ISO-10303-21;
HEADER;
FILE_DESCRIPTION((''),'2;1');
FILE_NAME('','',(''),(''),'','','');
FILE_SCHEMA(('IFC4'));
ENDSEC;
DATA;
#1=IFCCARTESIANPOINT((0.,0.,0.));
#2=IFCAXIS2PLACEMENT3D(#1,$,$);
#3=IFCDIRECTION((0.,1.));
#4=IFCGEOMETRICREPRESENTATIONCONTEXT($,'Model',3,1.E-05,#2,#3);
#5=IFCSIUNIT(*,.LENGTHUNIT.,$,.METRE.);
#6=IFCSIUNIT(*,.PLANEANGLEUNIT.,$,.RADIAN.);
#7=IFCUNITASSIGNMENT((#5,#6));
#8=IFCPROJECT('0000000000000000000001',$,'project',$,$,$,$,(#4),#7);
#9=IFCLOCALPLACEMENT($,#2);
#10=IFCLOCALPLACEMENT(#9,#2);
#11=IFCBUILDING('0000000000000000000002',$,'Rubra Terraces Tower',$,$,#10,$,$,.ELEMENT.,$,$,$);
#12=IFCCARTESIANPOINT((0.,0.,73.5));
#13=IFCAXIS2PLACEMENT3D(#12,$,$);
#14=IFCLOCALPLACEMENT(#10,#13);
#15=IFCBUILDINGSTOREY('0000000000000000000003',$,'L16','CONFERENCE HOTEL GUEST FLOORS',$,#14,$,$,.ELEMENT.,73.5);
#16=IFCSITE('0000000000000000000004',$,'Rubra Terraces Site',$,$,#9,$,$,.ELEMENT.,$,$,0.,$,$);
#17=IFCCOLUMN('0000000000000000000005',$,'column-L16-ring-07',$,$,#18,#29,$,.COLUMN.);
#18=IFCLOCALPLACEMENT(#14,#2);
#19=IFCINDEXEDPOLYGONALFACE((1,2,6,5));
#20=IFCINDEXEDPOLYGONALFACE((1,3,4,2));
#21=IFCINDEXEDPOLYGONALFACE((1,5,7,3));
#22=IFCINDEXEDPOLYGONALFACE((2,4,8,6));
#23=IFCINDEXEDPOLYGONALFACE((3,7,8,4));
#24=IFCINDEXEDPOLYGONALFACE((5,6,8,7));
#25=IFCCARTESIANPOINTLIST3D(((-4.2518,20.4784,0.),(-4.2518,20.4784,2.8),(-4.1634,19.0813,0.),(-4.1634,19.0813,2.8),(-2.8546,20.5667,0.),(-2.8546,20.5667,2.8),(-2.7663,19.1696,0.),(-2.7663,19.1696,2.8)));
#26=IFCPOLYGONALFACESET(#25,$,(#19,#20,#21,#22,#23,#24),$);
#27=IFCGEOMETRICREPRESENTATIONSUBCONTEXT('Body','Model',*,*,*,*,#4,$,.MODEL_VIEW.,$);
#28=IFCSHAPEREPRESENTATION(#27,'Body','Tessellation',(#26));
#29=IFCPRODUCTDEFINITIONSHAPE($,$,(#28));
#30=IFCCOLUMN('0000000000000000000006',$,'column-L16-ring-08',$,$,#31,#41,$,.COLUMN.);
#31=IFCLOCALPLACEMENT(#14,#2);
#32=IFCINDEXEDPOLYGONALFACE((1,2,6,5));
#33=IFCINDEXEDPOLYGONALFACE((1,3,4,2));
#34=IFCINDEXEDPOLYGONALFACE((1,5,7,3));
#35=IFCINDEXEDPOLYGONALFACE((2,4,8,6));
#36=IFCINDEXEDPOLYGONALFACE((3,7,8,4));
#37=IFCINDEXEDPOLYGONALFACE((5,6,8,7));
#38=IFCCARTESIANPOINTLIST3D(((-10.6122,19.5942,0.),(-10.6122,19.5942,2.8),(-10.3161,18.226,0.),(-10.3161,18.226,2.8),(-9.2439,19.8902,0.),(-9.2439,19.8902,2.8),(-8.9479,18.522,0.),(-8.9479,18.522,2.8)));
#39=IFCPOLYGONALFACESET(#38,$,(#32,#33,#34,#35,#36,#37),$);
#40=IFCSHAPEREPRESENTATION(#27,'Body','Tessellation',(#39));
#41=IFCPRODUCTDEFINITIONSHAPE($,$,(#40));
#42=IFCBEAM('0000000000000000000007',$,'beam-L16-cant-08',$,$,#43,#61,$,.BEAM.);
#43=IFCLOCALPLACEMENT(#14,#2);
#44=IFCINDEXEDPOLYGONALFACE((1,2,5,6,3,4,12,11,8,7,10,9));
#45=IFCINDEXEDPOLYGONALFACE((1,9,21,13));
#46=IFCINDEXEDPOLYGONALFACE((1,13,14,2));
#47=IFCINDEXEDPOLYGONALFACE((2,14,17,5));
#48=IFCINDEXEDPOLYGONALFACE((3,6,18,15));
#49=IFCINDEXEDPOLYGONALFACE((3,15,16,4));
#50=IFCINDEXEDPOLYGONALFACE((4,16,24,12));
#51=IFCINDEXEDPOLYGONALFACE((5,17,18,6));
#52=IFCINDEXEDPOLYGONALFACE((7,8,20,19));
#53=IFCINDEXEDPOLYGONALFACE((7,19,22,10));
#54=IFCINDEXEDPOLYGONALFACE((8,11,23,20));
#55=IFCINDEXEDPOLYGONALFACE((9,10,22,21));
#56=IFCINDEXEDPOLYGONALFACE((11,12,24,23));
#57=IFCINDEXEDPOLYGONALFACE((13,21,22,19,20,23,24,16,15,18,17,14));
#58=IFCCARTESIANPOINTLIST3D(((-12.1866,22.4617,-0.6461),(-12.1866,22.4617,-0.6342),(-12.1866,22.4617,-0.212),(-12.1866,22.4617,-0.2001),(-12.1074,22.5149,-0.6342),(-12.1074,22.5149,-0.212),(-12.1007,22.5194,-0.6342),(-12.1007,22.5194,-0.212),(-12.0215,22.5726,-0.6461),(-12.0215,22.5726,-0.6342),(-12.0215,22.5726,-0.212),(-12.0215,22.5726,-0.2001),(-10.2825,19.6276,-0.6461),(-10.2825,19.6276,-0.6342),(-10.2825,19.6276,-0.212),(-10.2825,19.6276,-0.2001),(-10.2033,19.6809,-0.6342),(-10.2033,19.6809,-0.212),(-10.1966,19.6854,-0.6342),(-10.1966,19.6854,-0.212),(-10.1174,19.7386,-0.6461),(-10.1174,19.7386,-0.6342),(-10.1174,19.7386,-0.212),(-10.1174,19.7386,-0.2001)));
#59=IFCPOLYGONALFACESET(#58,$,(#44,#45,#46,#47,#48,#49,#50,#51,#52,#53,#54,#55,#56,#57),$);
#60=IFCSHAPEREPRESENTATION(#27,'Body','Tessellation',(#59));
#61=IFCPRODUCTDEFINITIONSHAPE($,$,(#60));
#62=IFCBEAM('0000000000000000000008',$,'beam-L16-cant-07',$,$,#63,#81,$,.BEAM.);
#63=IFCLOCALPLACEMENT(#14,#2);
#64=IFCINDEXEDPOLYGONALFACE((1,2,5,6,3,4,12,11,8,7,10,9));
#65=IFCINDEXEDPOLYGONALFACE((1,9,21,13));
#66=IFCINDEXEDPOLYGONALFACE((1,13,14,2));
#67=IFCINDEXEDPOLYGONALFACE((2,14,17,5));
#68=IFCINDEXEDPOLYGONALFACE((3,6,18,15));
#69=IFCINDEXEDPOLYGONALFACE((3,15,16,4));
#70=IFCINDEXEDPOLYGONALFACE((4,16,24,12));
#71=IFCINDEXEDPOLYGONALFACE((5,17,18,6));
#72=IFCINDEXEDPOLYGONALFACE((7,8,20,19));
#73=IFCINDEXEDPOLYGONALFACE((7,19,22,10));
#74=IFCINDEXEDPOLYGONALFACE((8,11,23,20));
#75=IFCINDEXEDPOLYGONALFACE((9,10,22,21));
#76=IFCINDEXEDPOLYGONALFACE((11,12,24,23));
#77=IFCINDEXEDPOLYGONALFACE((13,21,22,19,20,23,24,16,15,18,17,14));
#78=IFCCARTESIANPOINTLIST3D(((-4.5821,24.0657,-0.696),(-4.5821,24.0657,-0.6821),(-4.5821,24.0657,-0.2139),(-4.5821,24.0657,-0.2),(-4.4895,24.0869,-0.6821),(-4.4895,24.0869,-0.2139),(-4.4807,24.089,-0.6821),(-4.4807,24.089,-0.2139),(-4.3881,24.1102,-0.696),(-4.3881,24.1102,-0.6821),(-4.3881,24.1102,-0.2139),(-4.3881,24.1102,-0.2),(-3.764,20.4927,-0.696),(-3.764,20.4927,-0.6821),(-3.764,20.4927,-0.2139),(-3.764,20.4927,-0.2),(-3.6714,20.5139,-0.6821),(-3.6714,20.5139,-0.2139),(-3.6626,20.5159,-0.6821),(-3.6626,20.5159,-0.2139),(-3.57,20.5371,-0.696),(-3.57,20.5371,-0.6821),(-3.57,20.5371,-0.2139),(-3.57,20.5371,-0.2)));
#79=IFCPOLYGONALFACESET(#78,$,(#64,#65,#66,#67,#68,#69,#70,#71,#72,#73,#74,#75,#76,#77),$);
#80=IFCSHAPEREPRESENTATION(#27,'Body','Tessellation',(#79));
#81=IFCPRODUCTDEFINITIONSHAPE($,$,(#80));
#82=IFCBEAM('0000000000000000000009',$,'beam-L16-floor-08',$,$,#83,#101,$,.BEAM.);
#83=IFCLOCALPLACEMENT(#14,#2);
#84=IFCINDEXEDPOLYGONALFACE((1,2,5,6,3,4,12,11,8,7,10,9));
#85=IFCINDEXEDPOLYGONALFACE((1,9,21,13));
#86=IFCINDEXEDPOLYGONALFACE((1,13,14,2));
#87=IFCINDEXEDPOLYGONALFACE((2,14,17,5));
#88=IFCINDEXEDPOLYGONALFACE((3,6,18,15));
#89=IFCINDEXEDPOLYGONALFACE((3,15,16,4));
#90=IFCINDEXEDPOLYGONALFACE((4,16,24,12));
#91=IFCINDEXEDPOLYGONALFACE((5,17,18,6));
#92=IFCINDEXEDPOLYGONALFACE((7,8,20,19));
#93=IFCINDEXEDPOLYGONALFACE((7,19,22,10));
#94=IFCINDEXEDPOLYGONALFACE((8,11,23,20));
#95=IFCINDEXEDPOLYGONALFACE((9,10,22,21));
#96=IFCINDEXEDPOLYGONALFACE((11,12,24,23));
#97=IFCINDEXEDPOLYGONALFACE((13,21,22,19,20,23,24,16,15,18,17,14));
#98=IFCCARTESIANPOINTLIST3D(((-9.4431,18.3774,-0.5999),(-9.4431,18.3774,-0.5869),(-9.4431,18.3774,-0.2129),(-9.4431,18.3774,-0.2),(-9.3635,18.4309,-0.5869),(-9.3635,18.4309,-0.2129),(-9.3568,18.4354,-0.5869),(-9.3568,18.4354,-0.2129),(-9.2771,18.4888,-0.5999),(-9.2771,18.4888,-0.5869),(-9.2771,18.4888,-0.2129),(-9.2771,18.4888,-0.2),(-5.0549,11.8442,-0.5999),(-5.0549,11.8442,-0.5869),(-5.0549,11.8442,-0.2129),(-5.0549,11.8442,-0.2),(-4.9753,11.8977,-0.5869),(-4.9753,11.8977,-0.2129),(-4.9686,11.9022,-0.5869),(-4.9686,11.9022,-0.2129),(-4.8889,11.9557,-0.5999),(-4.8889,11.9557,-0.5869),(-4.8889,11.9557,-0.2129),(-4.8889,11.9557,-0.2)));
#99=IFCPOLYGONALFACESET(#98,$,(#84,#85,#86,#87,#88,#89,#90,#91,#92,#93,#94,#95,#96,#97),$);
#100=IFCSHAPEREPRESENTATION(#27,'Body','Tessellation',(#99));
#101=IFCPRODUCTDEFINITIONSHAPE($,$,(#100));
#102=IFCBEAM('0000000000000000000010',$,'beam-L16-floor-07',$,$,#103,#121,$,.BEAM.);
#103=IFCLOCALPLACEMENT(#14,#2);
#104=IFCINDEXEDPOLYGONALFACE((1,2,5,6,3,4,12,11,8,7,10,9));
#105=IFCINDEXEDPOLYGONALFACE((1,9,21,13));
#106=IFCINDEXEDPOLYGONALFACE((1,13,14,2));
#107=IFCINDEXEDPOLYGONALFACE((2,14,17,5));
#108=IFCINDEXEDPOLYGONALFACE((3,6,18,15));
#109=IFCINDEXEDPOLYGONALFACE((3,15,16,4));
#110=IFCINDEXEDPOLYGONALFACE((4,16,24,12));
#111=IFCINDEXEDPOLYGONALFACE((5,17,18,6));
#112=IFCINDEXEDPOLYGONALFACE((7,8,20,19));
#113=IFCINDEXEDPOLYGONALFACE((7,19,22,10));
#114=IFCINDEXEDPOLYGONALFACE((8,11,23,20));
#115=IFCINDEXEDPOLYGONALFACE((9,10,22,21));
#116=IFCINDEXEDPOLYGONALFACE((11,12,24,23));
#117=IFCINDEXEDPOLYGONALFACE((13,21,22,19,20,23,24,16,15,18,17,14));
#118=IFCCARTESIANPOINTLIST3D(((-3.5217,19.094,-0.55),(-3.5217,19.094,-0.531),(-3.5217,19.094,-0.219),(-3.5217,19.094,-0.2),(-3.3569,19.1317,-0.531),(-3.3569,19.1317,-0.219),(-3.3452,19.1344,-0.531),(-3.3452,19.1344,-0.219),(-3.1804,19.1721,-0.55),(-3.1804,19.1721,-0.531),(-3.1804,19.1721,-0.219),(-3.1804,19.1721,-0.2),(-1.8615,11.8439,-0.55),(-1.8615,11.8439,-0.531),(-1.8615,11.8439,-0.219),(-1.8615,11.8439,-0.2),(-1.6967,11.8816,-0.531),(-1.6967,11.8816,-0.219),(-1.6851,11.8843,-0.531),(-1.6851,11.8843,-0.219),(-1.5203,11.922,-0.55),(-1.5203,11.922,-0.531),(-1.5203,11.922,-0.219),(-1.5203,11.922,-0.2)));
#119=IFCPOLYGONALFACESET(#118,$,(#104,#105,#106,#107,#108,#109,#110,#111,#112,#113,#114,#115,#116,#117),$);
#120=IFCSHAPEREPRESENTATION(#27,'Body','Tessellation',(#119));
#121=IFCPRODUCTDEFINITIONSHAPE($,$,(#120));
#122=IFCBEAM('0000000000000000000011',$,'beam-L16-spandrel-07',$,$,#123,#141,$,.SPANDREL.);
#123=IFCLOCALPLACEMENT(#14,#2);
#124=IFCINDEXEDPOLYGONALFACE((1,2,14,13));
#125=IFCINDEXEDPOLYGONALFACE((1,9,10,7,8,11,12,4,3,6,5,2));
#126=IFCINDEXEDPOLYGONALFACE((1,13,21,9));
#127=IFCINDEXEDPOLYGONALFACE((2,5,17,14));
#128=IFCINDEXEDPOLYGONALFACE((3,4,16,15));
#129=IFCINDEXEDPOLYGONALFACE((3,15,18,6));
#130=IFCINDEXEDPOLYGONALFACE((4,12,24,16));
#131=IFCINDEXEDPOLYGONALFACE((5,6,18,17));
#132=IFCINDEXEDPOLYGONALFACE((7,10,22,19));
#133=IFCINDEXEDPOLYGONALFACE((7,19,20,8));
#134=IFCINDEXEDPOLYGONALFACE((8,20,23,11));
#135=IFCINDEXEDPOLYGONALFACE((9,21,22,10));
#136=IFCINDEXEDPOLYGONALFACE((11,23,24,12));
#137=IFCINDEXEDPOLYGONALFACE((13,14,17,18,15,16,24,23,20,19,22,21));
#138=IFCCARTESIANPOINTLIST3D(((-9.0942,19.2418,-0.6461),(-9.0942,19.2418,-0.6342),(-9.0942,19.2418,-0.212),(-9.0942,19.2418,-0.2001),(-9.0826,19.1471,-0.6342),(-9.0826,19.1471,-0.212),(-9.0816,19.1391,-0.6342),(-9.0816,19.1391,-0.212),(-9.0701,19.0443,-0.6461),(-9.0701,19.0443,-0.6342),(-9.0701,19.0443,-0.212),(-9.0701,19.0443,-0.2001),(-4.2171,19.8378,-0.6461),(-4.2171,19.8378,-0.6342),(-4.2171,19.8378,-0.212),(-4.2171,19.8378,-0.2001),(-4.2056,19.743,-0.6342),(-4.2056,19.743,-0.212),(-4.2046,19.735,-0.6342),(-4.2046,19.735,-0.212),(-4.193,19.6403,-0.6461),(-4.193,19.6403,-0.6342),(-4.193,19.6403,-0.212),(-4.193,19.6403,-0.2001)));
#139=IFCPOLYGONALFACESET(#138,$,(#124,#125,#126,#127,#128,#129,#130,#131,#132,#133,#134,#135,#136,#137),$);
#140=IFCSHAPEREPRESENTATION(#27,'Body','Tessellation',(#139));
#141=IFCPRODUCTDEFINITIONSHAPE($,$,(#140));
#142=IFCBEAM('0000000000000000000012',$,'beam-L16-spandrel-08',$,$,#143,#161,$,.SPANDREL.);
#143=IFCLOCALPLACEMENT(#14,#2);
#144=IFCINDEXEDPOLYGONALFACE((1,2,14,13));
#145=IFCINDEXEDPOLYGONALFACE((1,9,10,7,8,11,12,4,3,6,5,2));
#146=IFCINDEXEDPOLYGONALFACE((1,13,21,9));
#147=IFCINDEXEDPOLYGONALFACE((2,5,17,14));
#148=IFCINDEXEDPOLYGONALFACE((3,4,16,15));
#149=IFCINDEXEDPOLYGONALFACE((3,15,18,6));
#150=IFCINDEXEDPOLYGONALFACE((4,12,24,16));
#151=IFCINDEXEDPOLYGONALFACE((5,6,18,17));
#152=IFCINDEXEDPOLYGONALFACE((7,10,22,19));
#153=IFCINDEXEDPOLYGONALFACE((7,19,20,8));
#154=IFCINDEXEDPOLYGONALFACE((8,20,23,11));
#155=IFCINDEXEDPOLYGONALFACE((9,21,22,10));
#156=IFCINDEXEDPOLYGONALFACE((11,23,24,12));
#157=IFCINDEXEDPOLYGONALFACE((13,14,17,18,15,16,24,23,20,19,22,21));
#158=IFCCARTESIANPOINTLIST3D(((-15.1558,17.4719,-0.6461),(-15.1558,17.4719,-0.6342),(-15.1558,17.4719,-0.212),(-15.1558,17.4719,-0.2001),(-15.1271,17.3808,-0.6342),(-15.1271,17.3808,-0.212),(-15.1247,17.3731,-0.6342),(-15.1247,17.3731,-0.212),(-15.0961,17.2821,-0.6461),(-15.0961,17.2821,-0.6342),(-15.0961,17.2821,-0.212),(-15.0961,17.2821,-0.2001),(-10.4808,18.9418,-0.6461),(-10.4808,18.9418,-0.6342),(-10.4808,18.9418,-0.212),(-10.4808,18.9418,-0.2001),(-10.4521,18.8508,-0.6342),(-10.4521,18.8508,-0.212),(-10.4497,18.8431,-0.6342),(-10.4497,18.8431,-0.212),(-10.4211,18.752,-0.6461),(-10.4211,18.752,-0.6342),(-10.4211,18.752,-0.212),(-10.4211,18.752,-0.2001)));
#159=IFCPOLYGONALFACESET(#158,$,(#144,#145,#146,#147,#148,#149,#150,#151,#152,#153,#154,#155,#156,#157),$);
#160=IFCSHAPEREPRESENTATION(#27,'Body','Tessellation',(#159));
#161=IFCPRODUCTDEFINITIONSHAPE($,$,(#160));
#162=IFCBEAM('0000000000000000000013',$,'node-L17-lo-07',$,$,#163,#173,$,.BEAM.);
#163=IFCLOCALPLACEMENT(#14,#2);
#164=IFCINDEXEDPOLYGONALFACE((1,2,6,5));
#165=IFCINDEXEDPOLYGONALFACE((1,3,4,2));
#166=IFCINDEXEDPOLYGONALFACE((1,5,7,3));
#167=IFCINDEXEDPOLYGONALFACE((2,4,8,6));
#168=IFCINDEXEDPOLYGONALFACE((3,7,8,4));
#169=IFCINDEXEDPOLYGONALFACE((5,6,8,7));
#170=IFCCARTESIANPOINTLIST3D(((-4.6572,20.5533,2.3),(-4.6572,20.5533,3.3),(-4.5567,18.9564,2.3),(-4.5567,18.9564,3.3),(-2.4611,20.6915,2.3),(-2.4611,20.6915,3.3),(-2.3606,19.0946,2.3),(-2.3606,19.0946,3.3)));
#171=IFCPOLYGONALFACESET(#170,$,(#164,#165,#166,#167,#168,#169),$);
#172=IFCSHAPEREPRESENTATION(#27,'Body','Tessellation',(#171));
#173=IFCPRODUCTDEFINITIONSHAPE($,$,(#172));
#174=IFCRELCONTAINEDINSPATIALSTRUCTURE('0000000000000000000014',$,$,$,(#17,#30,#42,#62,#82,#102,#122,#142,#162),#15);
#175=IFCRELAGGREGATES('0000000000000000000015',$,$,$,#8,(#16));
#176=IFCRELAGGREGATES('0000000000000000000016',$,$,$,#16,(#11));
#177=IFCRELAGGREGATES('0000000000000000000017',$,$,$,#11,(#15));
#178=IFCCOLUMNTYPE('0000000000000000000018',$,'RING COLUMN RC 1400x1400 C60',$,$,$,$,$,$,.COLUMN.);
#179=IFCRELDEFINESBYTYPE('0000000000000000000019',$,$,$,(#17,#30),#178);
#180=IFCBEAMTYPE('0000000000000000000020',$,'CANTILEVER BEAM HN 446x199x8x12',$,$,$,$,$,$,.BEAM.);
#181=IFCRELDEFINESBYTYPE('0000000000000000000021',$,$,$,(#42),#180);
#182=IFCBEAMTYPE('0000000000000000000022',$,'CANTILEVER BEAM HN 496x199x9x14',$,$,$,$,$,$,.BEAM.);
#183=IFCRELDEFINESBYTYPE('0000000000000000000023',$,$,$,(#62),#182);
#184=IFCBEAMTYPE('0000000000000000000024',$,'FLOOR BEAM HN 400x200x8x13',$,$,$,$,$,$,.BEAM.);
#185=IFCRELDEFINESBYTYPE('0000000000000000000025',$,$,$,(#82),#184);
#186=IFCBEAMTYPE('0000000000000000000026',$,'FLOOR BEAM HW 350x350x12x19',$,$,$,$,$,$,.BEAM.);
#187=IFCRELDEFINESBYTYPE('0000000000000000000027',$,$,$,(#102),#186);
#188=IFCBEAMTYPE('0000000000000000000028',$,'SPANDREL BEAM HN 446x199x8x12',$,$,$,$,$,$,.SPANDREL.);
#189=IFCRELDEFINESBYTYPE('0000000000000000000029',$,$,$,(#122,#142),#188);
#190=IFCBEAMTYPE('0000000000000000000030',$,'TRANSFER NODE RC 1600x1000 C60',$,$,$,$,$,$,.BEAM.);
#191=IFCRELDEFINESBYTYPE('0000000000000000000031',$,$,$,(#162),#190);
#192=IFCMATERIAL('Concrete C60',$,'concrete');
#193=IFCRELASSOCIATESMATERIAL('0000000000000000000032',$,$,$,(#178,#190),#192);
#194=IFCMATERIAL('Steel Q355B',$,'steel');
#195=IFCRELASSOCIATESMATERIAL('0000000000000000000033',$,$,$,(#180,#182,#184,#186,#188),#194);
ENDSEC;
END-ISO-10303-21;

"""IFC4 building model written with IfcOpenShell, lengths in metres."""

from ifc_helpers import new_model, si_unit, direction, frame, origin, origin_2d, place, context, subcontext, project, spatial, rectangle, i_section, extrude, material, material_profile, profile_set, type_object, element, save


model = new_model("IFC4")

# Units and contexts
model_context = context("Model", 3, precision=1e-05, world=origin(), true_north=direction((0.0, 1.0)))
body_context = subcontext(model_context, "Body", "Model", "MODEL_VIEW")
ifc_project = project(units=[si_unit("LENGTHUNIT", "METRE"), si_unit("PLANEANGLEUNIT", "RADIAN")], contexts=[model_context])

# Site, building, storey
site_placement = place(None, origin())
site = spatial("IfcSite", under=ifc_project, at=site_placement, Name="Rubra Terraces Site", CompositionType="ELEMENT", RefElevation=0.0)
building_placement = place(site_placement, origin())
building = spatial("IfcBuilding", under=site, at=building_placement, Name="Rubra Terraces Tower", CompositionType="ELEMENT")
storey_placement = place(building_placement, frame((0.0, 0.0, 73.5)))
storey = spatial("IfcBuildingStorey", under=building, at=storey_placement, Name="L16", Description="CONFERENCE HOTEL GUEST FLOORS", CompositionType="ELEMENT", Elevation=73.5)

# Columns
ifc_material_1 = material(Name="Concrete C60", Category="concrete")
ifc_material_profile_1 = material_profile(ifc_material_1, rectangle(XDim=1.3999, YDim=1.3999, at=origin_2d()), Name="RC 1400x1400")
ifc_profile_set_1 = profile_set([ifc_material_profile_1], Name="Concrete C60")
column_type = type_object("IfcColumnType", Name="RING COLUMN RC 1400x1400 C60", PredefinedType="COLUMN", material=ifc_profile_set_1)
for number, where, z_axis, x_axis, name in (
    (1, (-3.509, 19.824, 0.0), (0.0, 0.0, 1.0), (-0.998008, -0.063094, 0.0), "column-L16-ring-07"),
    (2, (-9.78, 19.0581, 0.0), (0.0, 0.0, 1.0), (-0.977386, -0.211462, 0.0), "column-L16-ring-08"),
):
    element("IfcColumn", number, at=place(storey_placement, frame(where, z_axis=z_axis, x_axis=x_axis)), inside=storey, type_object=column_type, Name=name, PredefinedType="COLUMN", context=body_context, shape_type="SweptSolid", body=[
        extrude(rectangle(XDim=1.3999, YDim=1.3999, at=origin_2d()), origin(), (0.0, 0.0, 1.0), 2.8),
    ])

# Beams
ifc_material_2 = material(Name="Steel Q355B", Category="steel")
ifc_material_profile_2 = material_profile(ifc_material_2, i_section(OverallWidth=0.199, OverallDepth=0.446, WebThickness=0.0081, FlangeThickness=0.012, at=origin_2d()), Name="HN 446x199x8x12")
ifc_profile_set_2 = profile_set([ifc_material_profile_2], Name="Steel Q355B")
beam_type_1 = type_object("IfcBeamType", Name="CANTILEVER BEAM HN 446x199x8x12", PredefinedType="BEAM", material=ifc_profile_set_2)
beam_1_placement = place(storey_placement, frame((-10.2, 19.6831, -0.4231), z_axis=(-0.557683, 0.830054, 0.0), x_axis=(-0.830054, -0.557683, 0.0)))
element("IfcBeam", 3, at=beam_1_placement, inside=storey, type_object=beam_type_1, Name="beam-L16-cant-08", PredefinedType="BEAM", context=body_context, shape_type="SweptSolid", body=[
    extrude(i_section(OverallWidth=0.199, OverallDepth=0.446, WebThickness=0.0081, FlangeThickness=0.012, at=origin_2d()), origin(), (0.0, 0.0, 1.0), 3.4143),
])
ifc_material_profile_3 = material_profile(ifc_material_2, i_section(OverallWidth=0.199, OverallDepth=0.4961, WebThickness=0.009, FlangeThickness=0.0139, at=origin_2d()), Name="HN 496x199x9x14")
ifc_profile_set_3 = profile_set([ifc_material_profile_3], Name="Steel Q355B")
beam_type_2 = type_object("IfcBeamType", Name="CANTILEVER BEAM HN 496x199x9x14", PredefinedType="BEAM", material=ifc_profile_set_3)
beam_2_placement = place(storey_placement, frame((-3.667, 20.5149, -0.448), z_axis=(-0.223196, 0.974774, 0.0), x_axis=(-0.974774, -0.223196, 0.0)))
element("IfcBeam", 4, at=beam_2_placement, inside=storey, type_object=beam_type_2, Name="beam-L16-cant-07", PredefinedType="BEAM", context=body_context, shape_type="SweptSolid", body=[
    extrude(i_section(OverallWidth=0.199, OverallDepth=0.4961, WebThickness=0.009, FlangeThickness=0.0139, at=origin_2d()), origin(), (0.0, 0.0, 1.0), 3.6655),
])
ifc_material_profile_4 = material_profile(ifc_material_2, i_section(OverallWidth=0.2, OverallDepth=0.3999, WebThickness=0.0081, FlangeThickness=0.0129, at=origin_2d()), Name="HN 400x200x8x13")
ifc_profile_set_4 = profile_set([ifc_material_profile_4], Name="Steel Q355B")
beam_type_3 = type_object("IfcBeamType", Name="FLOOR BEAM HN 400x200x8x13", PredefinedType="BEAM", material=ifc_profile_set_4)
beam_3_placement = place(storey_placement, frame((-9.3601, 18.4331, -0.3999), z_axis=(0.557575, -0.830127, 0.0), x_axis=(0.830127, 0.557575, 0.0)))
element("IfcBeam", 5, at=beam_3_placement, inside=storey, type_object=beam_type_3, Name="beam-L16-floor-08", PredefinedType="BEAM", context=body_context, shape_type="SweptSolid", body=[
    extrude(i_section(OverallWidth=0.2, OverallDepth=0.3999, WebThickness=0.0081, FlangeThickness=0.0129, at=origin_2d()), origin(), (0.0, 0.0, 1.0), 7.8701),
])
ifc_material_profile_5 = material_profile(ifc_material_2, i_section(OverallWidth=0.3501, OverallDepth=0.3501, WebThickness=0.012, FlangeThickness=0.019, at=origin_2d()), Name="HW 350x350x12x19")
ifc_profile_set_5 = profile_set([ifc_material_profile_5], Name="Steel Q355B")
beam_type_4 = type_object("IfcBeamType", Name="FLOOR BEAM HW 350x350x12x19", PredefinedType="BEAM", material=ifc_profile_set_5)
beam_4_placement = place(storey_placement, frame((-3.3511, 19.1331, -0.375), z_axis=(0.22321, -0.97477, 0.0), x_axis=(0.97477, 0.22321, 0.0)))
element("IfcBeam", 6, at=beam_4_placement, inside=storey, type_object=beam_type_4, Name="beam-L16-floor-07", PredefinedType="BEAM", context=body_context, shape_type="SweptSolid", body=[
    extrude(i_section(OverallWidth=0.3501, OverallDepth=0.3501, WebThickness=0.012, FlangeThickness=0.019, at=origin_2d()), origin(), (0.0, 0.0, 1.0), 7.4377),
])
ifc_material_profile_6 = material_profile(ifc_material_2, i_section(OverallWidth=0.199, OverallDepth=0.446, WebThickness=0.0081, FlangeThickness=0.012, at=origin_2d()), Name="HN 446x199x8x12")
ifc_profile_set_6 = profile_set([ifc_material_profile_6], Name="Steel Q355B")
beam_type_5 = type_object("IfcBeamType", Name="SPANDREL BEAM HN 446x199x8x12", PredefinedType="SPANDREL", material=ifc_profile_set_6)
beam_5_placement = place(storey_placement, frame((-4.2051, 19.739, -0.4231), z_axis=(-0.992617, -0.121294, 0.0), x_axis=(0.121294, -0.992617, 0.0)))
element("IfcBeam", 7, at=beam_5_placement, inside=storey, type_object=beam_type_5, Name="beam-L16-spandrel-07", PredefinedType="SPANDREL", context=body_context, shape_type="SweptSolid", body=[
    extrude(i_section(OverallWidth=0.199, OverallDepth=0.446, WebThickness=0.0081, FlangeThickness=0.012, at=origin_2d()), origin(), (0.0, 0.0, 1.0), 4.9133),
])
beam_6_placement = place(storey_placement, frame((-10.4509, 18.8469, -0.4231), z_axis=(-0.953955, -0.299951, 0.0), x_axis=(0.299951, -0.953955, 0.0)))
element("IfcBeam", 8, at=beam_6_placement, inside=storey, type_object=beam_type_5, Name="beam-L16-spandrel-08", PredefinedType="SPANDREL", context=body_context, shape_type="SweptSolid", body=[
    extrude(i_section(OverallWidth=0.199, OverallDepth=0.446, WebThickness=0.0081, FlangeThickness=0.012, at=origin_2d()), origin(), (0.0, 0.0, 1.0), 4.9006),
])
ifc_material_profile_7 = material_profile(ifc_material_1, rectangle(XDim=1.6001, YDim=1.0, at=origin_2d()), Name="RC 1600x1000")
ifc_profile_set_7 = profile_set([ifc_material_profile_7], Name="Concrete C60")
beam_type_6 = type_object("IfcBeamType", Name="TRANSFER NODE RC 1600x1000 C60", PredefinedType="BEAM", material=ifc_profile_set_7)
beam_7_placement = place(storey_placement, frame((-2.4109, 19.8931, 2.8), z_axis=(-0.998026, -0.0628, 0.0), x_axis=(0.0628, -0.998026, 0.0)))
element("IfcBeam", 9, at=beam_7_placement, inside=storey, type_object=beam_type_6, Name="node-L17-lo-07", PredefinedType="BEAM", context=body_context, shape_type="SweptSolid", body=[
    extrude(rectangle(XDim=1.6001, YDim=1.0, at=origin_2d()), origin(), (0.0, 0.0, 1.0), 2.2004),
])

save(model, "model.ifc")
